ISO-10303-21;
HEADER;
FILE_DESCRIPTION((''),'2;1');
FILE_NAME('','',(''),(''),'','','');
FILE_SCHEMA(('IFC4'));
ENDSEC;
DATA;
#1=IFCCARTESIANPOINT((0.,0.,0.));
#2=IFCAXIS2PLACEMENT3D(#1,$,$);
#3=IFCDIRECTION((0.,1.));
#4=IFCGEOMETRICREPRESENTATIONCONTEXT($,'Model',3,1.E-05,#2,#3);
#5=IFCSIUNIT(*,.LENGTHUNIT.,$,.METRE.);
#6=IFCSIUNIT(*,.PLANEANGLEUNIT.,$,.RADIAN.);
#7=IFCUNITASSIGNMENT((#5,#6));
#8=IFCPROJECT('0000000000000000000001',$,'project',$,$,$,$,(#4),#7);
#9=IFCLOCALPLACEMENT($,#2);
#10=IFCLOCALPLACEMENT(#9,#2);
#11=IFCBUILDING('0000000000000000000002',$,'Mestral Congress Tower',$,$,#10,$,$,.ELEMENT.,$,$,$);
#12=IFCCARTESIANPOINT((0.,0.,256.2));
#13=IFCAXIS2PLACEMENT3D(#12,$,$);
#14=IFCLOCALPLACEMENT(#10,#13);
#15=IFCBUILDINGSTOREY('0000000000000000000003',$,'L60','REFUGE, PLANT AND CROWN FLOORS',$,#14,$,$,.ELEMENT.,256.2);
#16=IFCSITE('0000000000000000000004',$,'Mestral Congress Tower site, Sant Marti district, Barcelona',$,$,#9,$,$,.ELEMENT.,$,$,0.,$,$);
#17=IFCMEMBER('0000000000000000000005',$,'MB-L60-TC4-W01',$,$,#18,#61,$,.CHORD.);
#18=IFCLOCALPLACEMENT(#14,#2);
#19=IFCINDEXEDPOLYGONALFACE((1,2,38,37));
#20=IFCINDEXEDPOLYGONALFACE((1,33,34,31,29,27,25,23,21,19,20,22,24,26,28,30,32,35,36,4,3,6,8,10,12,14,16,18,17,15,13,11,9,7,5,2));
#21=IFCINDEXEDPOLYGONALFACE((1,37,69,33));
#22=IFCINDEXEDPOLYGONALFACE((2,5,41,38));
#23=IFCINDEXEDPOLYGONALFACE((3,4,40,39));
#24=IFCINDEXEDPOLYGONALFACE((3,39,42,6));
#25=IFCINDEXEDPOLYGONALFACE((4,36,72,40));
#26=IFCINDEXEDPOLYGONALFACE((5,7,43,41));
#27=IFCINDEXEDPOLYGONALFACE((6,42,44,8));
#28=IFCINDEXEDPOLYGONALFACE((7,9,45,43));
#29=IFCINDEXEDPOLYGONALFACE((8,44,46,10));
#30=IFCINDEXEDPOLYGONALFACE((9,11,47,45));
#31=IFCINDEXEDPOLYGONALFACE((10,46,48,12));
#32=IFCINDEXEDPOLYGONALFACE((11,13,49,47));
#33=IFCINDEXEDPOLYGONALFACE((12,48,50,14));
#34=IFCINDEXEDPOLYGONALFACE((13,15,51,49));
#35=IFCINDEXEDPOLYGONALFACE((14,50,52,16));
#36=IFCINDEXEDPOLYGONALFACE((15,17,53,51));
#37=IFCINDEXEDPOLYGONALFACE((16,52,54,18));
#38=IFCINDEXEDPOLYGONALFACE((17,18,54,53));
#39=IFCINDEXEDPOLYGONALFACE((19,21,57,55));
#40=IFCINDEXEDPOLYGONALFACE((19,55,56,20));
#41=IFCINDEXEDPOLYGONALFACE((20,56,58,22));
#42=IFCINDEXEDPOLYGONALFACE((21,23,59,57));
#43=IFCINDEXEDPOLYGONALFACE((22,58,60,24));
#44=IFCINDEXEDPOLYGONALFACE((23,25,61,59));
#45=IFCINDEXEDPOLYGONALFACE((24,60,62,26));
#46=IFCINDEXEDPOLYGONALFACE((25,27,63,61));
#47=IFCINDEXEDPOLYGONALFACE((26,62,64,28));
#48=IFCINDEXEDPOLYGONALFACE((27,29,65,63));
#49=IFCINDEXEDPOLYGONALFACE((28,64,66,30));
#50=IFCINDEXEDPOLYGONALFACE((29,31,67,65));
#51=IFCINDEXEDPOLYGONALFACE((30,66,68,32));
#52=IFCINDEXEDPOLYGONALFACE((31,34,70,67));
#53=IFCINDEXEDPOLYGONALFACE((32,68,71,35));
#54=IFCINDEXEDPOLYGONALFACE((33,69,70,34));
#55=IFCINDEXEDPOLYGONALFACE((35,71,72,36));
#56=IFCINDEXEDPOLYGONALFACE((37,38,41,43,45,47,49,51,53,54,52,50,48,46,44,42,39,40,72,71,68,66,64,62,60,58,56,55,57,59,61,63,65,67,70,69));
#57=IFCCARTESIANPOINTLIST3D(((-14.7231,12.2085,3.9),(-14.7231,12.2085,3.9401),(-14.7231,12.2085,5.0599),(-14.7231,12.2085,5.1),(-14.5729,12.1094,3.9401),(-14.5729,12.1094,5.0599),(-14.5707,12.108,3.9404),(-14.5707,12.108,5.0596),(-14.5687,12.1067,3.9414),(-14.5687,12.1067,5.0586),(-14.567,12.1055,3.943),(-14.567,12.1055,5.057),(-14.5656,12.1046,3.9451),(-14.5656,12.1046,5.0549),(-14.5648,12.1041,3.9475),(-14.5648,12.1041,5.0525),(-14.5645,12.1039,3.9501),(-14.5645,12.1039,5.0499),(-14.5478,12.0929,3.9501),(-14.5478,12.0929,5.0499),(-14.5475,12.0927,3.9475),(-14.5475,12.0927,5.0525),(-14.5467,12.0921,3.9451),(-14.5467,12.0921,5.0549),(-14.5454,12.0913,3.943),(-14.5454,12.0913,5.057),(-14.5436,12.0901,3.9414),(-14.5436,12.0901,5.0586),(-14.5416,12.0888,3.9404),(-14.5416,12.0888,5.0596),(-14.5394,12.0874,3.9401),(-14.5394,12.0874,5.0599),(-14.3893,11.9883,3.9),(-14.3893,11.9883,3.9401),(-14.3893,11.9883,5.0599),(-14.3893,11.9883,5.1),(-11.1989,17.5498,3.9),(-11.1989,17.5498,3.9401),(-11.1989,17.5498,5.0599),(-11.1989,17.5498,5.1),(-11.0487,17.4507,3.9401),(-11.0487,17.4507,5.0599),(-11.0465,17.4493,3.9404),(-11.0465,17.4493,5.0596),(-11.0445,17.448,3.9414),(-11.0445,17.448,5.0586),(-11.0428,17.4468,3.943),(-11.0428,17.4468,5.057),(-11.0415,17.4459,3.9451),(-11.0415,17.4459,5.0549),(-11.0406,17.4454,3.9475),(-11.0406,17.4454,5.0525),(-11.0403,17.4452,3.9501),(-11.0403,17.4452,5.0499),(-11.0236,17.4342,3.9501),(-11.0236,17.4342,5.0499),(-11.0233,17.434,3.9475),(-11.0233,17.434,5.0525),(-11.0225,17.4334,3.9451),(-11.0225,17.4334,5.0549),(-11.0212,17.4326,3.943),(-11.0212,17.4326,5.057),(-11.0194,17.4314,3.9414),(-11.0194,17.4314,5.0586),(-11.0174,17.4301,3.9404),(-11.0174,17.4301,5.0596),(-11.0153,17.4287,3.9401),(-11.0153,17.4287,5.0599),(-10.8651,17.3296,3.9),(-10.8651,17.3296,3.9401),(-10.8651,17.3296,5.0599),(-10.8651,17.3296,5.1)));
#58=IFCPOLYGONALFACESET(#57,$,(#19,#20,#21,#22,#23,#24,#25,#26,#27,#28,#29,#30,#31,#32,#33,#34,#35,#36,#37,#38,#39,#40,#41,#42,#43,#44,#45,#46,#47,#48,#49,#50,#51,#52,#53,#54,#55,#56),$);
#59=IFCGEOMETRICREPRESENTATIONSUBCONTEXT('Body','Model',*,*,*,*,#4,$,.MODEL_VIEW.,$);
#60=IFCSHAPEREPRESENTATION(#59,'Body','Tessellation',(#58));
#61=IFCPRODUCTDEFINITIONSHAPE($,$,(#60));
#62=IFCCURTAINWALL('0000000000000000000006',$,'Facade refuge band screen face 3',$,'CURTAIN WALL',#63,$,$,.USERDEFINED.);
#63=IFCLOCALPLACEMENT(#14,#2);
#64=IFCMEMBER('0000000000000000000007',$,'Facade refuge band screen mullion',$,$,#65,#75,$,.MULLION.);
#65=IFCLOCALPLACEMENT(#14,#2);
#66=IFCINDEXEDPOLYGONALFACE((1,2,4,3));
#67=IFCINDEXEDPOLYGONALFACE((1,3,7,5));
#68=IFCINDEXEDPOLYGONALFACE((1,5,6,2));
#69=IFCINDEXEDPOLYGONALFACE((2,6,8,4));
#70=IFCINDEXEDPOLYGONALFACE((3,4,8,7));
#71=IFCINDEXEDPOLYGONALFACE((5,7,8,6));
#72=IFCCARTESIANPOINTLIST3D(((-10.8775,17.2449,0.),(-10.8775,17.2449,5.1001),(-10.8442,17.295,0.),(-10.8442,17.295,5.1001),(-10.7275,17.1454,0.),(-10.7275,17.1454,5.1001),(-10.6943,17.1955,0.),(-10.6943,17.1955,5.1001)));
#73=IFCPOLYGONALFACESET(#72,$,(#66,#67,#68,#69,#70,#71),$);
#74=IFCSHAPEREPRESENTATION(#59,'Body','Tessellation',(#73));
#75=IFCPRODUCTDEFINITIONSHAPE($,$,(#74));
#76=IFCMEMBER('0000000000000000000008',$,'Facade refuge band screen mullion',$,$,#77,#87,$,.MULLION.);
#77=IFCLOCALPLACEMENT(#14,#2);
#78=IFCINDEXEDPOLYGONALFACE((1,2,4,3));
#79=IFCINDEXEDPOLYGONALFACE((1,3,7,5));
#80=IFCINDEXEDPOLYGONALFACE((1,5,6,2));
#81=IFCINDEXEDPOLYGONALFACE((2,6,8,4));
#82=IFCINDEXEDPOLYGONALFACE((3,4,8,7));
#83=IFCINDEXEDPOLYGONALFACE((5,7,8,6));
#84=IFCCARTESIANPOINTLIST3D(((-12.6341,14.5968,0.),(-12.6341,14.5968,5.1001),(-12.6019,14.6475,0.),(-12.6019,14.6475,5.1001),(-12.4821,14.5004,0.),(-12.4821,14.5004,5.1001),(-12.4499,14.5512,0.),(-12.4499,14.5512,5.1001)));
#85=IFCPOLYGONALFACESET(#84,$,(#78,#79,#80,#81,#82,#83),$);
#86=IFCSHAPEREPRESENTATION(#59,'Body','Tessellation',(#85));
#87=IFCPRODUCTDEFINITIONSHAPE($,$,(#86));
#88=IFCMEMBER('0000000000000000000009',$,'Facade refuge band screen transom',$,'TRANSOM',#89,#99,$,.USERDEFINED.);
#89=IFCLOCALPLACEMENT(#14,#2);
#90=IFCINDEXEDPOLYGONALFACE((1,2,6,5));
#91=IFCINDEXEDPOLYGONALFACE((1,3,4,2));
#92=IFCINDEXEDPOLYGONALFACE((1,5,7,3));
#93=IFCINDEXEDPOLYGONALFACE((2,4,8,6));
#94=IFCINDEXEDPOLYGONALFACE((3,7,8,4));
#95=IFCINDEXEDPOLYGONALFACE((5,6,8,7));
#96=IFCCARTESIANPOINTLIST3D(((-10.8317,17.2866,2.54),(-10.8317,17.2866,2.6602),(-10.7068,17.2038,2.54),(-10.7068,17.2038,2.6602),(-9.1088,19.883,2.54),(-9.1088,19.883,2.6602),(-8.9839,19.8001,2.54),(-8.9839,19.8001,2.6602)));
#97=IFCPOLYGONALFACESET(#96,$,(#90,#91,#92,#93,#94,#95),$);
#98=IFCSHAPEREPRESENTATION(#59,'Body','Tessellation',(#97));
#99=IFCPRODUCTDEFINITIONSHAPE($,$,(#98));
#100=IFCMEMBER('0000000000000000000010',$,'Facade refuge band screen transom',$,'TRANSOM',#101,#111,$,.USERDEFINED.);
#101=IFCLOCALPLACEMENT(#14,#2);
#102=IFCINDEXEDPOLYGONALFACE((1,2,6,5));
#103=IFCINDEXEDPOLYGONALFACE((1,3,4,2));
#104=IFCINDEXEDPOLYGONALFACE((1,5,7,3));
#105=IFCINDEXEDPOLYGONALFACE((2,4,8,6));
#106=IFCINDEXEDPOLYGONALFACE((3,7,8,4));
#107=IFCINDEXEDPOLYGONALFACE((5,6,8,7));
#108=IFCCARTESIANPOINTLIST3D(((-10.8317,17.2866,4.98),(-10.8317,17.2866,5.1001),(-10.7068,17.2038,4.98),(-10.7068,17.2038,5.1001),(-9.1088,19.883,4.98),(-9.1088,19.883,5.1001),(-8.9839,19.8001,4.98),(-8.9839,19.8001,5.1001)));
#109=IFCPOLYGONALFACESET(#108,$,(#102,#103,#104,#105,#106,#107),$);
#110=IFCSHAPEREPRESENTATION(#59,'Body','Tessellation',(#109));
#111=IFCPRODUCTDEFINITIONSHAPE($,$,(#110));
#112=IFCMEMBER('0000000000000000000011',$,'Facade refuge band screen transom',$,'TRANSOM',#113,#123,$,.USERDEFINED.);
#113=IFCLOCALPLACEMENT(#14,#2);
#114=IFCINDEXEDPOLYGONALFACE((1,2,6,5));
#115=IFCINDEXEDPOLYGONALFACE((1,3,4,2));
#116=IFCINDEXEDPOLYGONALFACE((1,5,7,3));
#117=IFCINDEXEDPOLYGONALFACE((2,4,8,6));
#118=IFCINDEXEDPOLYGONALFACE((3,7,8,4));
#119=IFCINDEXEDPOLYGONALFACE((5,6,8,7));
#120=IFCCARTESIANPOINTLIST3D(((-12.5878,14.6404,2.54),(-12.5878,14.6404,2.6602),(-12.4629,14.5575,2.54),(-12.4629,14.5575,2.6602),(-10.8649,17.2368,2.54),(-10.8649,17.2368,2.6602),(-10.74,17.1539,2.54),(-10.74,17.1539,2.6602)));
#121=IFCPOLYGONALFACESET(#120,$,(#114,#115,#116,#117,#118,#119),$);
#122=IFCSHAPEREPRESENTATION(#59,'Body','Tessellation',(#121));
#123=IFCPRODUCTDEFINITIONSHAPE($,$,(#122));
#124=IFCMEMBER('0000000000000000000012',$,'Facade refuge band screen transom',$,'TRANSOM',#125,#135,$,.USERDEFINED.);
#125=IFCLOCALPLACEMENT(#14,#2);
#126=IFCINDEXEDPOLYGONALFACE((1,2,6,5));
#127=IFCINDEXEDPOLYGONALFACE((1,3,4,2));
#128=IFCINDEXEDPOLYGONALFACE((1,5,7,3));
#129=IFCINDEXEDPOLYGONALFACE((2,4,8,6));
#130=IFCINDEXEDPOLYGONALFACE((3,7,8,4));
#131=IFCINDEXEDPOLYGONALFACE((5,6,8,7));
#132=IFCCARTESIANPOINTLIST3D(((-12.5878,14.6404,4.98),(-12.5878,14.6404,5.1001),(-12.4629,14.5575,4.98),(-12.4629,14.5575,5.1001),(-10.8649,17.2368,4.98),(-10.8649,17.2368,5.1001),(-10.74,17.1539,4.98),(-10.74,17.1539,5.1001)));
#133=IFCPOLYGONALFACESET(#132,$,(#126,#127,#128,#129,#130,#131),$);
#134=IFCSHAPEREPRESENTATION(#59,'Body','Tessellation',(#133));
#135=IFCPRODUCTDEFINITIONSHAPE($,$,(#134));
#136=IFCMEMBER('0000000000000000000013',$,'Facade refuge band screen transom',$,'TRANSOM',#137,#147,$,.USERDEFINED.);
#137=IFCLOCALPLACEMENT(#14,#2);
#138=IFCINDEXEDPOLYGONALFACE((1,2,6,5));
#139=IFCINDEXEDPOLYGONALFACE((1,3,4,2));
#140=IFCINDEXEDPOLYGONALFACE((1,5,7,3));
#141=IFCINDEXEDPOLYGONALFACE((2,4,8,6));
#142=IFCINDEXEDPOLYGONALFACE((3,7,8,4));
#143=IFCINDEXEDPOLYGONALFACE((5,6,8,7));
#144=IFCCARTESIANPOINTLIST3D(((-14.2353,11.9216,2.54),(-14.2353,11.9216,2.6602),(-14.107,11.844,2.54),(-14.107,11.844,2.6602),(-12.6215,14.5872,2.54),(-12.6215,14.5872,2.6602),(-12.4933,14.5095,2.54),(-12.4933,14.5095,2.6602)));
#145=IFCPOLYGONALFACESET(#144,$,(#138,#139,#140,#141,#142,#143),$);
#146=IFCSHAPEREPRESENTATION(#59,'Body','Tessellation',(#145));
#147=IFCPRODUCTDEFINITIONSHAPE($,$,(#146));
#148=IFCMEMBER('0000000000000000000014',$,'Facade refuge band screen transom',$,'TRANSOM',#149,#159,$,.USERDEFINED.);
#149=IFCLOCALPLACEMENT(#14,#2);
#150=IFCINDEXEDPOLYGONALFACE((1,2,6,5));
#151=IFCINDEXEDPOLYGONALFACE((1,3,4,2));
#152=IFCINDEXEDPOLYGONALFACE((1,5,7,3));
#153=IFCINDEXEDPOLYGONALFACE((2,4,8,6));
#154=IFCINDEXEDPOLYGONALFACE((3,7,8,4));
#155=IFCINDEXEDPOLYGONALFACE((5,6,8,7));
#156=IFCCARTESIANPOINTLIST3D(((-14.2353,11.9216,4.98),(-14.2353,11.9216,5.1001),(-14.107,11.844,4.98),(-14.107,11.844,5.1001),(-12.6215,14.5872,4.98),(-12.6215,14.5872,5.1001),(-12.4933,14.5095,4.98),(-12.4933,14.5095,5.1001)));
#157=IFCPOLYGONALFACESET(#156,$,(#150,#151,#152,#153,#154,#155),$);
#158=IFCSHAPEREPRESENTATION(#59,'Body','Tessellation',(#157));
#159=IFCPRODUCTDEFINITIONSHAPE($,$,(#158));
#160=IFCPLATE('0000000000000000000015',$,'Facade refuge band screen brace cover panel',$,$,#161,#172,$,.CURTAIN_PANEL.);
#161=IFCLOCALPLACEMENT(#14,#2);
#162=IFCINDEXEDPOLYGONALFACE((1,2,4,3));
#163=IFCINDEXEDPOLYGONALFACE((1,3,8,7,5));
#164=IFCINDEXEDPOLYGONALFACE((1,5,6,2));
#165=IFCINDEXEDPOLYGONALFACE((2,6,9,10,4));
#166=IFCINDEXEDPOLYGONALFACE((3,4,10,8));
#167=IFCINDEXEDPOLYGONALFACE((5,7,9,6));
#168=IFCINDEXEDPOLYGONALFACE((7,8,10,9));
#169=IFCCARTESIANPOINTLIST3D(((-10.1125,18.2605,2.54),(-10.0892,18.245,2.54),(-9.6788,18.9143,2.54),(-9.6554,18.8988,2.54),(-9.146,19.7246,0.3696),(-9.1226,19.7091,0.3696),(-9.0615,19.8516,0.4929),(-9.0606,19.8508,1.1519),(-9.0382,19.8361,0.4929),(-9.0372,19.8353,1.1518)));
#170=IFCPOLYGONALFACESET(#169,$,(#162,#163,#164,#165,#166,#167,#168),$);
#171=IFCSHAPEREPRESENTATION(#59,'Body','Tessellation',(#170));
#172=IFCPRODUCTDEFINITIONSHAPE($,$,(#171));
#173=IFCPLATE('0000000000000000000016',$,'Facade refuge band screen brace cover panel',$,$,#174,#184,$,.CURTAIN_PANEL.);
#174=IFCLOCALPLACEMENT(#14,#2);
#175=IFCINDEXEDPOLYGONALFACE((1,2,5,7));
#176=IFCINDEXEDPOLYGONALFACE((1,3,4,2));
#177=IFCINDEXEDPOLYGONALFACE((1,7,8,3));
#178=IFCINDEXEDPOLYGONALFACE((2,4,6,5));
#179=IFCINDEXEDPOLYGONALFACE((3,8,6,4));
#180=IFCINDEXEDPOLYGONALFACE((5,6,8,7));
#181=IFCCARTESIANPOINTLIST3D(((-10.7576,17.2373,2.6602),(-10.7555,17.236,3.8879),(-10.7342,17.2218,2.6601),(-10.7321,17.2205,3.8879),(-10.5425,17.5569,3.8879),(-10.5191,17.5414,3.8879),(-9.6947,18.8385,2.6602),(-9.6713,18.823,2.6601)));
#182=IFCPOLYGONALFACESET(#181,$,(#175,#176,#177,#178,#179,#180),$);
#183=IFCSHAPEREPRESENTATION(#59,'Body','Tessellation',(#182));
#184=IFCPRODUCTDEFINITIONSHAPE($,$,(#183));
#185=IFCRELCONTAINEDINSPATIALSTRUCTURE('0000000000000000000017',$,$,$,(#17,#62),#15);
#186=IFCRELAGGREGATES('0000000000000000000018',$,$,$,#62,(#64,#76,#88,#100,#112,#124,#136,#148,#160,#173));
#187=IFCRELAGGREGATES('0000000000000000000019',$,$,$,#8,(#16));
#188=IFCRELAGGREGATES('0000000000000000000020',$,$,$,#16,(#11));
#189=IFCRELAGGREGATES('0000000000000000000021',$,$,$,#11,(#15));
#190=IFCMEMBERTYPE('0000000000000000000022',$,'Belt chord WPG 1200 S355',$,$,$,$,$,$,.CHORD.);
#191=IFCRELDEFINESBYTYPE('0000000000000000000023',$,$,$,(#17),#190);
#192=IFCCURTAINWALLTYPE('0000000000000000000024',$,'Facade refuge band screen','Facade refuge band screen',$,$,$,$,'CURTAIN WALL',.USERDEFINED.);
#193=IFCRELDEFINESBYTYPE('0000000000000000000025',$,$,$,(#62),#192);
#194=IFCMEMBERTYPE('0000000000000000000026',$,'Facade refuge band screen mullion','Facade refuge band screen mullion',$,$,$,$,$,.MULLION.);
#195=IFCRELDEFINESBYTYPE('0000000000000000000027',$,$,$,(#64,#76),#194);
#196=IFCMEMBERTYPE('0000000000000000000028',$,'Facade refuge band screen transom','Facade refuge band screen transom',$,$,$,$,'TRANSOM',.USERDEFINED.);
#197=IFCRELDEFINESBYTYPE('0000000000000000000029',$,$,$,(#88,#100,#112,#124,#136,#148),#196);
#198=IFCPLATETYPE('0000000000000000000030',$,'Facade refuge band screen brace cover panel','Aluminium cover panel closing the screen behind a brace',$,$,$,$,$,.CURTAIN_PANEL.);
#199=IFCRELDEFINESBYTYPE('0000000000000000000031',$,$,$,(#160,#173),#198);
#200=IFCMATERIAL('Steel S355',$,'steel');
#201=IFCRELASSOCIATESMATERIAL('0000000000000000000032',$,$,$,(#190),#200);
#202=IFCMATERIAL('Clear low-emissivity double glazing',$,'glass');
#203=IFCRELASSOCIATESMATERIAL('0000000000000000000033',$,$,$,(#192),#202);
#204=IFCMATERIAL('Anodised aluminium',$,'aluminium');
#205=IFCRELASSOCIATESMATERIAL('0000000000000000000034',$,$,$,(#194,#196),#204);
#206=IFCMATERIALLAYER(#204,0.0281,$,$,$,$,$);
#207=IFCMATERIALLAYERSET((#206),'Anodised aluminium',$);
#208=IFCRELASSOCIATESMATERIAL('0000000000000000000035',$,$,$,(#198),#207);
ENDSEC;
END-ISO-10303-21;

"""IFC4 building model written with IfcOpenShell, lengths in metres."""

from ifc_helpers import new_model, si_unit, direction, frame, origin, origin_2d, place, context, subcontext, project, spatial, polyline, rectangle, i_section, outline, extrude, material, layer, layer_set, material_profile, profile_set, type_object, element, aggregate, save


model = new_model("IFC4")

# Units and contexts
model_context = context("Model", 3, precision=1e-05, world=origin(), true_north=direction((0.0, 1.0)))
body_context = subcontext(model_context, "Body", "Model", "MODEL_VIEW")
ifc_project = project(units=[si_unit("LENGTHUNIT", "METRE"), si_unit("PLANEANGLEUNIT", "RADIAN")], contexts=[model_context])

# Site, building, storey
site_placement = place(None, origin())
site = spatial("IfcSite", under=ifc_project, at=site_placement, Name="Mestral Congress Tower site, Sant Marti district, Barcelona", CompositionType="ELEMENT", RefElevation=0.0)
building_placement = place(site_placement, origin())
building = spatial("IfcBuilding", under=site, at=building_placement, Name="Mestral Congress Tower", CompositionType="ELEMENT")
storey_placement = place(building_placement, frame((0.0, 0.0, 256.2)))
storey = spatial("IfcBuildingStorey", under=building, at=storey_placement, Name="L60", Description="REFUGE, PLANT AND CROWN FLOORS", CompositionType="ELEMENT", Elevation=256.2)

# Member
ifc_material_1 = material(Name="Steel S355", Category="steel")
ifc_material_profile_1 = material_profile(ifc_material_1, i_section(OverallWidth=0.3999, OverallDepth=1.2, WebThickness=0.02, FlangeThickness=0.04, FilletRadius=0.01, at=origin_2d()), Name="WPG 1200")
ifc_profile_set_1 = profile_set([ifc_material_profile_1], Name="Steel S355")
member_type_1 = type_object("IfcMemberType", Name="Belt chord WPG 1200 S355", PredefinedType="CHORD", material=ifc_profile_set_1)
member_1_placement = place(storey_placement, frame((-11.032, 17.4397, 4.5), z_axis=(-0.550723, -0.834688, 0.0), x_axis=(0.834688, -0.550723, 0.0)))
element("IfcMember", 1, at=member_1_placement, inside=storey, type_object=member_type_1, Name="MB-L60-TC4-W01", PredefinedType="CHORD", context=body_context, shape_type="SweptSolid", body=[
    extrude(i_section(OverallWidth=0.3999, OverallDepth=1.2, WebThickness=0.02, FlangeThickness=0.04, FilletRadius=0.01, at=origin_2d()), origin(), (0.0, 0.0, 1.0), 6.3992),
])

# Curtain wall, members, plates
ifc_material_2 = material(Name="Clear low-emissivity double glazing", Category="glass")
curtain_wall_type = type_object("IfcCurtainWallType", Name="Facade refuge band screen", Description="Facade refuge band screen", ElementType="CURTAIN WALL", PredefinedType="USERDEFINED", material=ifc_material_2)
placement = place(storey_placement, origin())
curtain_wall = element("IfcCurtainWall", 2, at=placement, inside=storey, type_object=curtain_wall_type, Name="Facade refuge band screen face 3", ObjectType="CURTAIN WALL", PredefinedType="USERDEFINED")
ifc_material_3 = material(Name="Anodised aluminium", Category="aluminium")
ifc_material_profile_2 = material_profile(ifc_material_3, rectangle(XDim=0.1799, YDim=0.0601, at=origin_2d()), Name="CW3 mullion 180 x 60")
ifc_profile_set_2 = profile_set([ifc_material_profile_2], Name="Anodised aluminium")
member_type_2 = type_object("IfcMemberType", Name="Facade refuge band screen mullion", Description="Facade refuge band screen mullion", PredefinedType="MULLION", material=ifc_profile_set_2)
member_2_placement = place(storey_placement, frame((-10.7859, 17.2202, 0.0), z_axis=(0.0, 0.0, 1.0), x_axis=(-0.833239, 0.552913, 0.0)))
member_2 = element("IfcMember", 3, at=member_2_placement, type_object=member_type_2, Name="Facade refuge band screen mullion", PredefinedType="MULLION", context=body_context, shape_type="SweptSolid", body=[
    extrude(rectangle(XDim=0.1799, YDim=0.0601, at=origin_2d()), origin(), (0.0, 0.0, 1.0), 5.1001),
])
member_3_placement = place(storey_placement, frame((-12.542, 14.574, 0.0), z_axis=(0.0, 0.0, 1.0), x_axis=(-0.844534, 0.535503, 0.0)))
member_3 = element("IfcMember", 4, at=member_3_placement, type_object=member_type_2, Name="Facade refuge band screen mullion", PredefinedType="MULLION", context=body_context, shape_type="SweptSolid", body=[
    extrude(rectangle(XDim=0.1799, YDim=0.0601, at=origin_2d()), origin(), (0.0, 0.0, 1.0), 5.1001),
])
ifc_material_profile_3 = material_profile(ifc_material_3, rectangle(XDim=0.1499, YDim=0.1201, at=origin_2d()), Name="CW3 transom 150 x 120")
ifc_profile_set_3 = profile_set([ifc_material_profile_3], Name="Anodised aluminium")
member_type_3 = type_object("IfcMemberType", Name="Facade refuge band screen transom", Description="Facade refuge band screen transom", ElementType="TRANSOM", PredefinedType="USERDEFINED", material=ifc_profile_set_3)
member_4_placement = place(storey_placement, frame((-9.0464, 19.8416, 2.6001), z_axis=(-0.552909, -0.833242, 0.0), x_axis=(0.833242, -0.552909, 0.0)))
member_4 = element("IfcMember", 5, at=member_4_placement, type_object=member_type_3, Name="Facade refuge band screen transom", ObjectType="TRANSOM", PredefinedType="USERDEFINED", context=body_context, shape_type="SweptSolid", body=[
    extrude(rectangle(XDim=0.1499, YDim=0.1201, at=origin_2d()), origin(), (0.0, 0.0, 1.0), 3.116),
])
member_5_placement = place(storey_placement, frame((-9.0464, 19.8416, 5.04), z_axis=(-0.552909, -0.833242, 0.0), x_axis=(0.833242, -0.552909, 0.0)))
member_5 = element("IfcMember", 6, at=member_5_placement, type_object=member_type_3, Name="Facade refuge band screen transom", ObjectType="TRANSOM", PredefinedType="USERDEFINED", context=body_context, shape_type="SweptSolid", body=[
    extrude(rectangle(XDim=0.1499, YDim=0.1201, at=origin_2d()), origin(), (0.0, 0.0, 1.0), 3.116),
])
member_6_placement = place(storey_placement, frame((-10.8025, 17.1953, 2.6001), z_axis=(-0.552909, -0.833242, 0.0), x_axis=(0.833242, -0.552909, 0.0)))
member_6 = element("IfcMember", 7, at=member_6_placement, type_object=member_type_3, Name="Facade refuge band screen transom", ObjectType="TRANSOM", PredefinedType="USERDEFINED", context=body_context, shape_type="SweptSolid", body=[
    extrude(rectangle(XDim=0.1499, YDim=0.1201, at=origin_2d()), origin(), (0.0, 0.0, 1.0), 3.116),
])
member_7_placement = place(storey_placement, frame((-10.8025, 17.1953, 5.04), z_axis=(-0.552909, -0.833242, 0.0), x_axis=(0.833242, -0.552909, 0.0)))
member_7 = element("IfcMember", 8, at=member_7_placement, type_object=member_type_3, Name="Facade refuge band screen transom", ObjectType="TRANSOM", PredefinedType="USERDEFINED", context=body_context, shape_type="SweptSolid", body=[
    extrude(rectangle(XDim=0.1499, YDim=0.1201, at=origin_2d()), origin(), (0.0, 0.0, 1.0), 3.116),
])
member_8_placement = place(storey_placement, frame((-12.5574, 14.5483, 2.6001), z_axis=(-0.517902, -0.85544, 0.0), x_axis=(0.85544, -0.517902, 0.0)))
member_8 = element("IfcMember", 9, at=member_8_placement, type_object=member_type_3, Name="Facade refuge band screen transom", ObjectType="TRANSOM", PredefinedType="USERDEFINED", context=body_context, shape_type="SweptSolid", body=[
    extrude(rectangle(XDim=0.1499, YDim=0.1201, at=origin_2d()), origin(), (0.0, 0.0, 1.0), 3.116),
])
member_9_placement = place(storey_placement, frame((-12.5574, 14.5483, 5.04), z_axis=(-0.517902, -0.85544, 0.0), x_axis=(0.85544, -0.517902, 0.0)))
member_9 = element("IfcMember", 10, at=member_9_placement, type_object=member_type_3, Name="Facade refuge band screen transom", ObjectType="TRANSOM", PredefinedType="USERDEFINED", context=body_context, shape_type="SweptSolid", body=[
    extrude(rectangle(XDim=0.1499, YDim=0.1201, at=origin_2d()), origin(), (0.0, 0.0, 1.0), 3.116),
])
ifc_layer_1 = layer(ifc_material_3, 0.0281)
ifc_layer_set_1 = layer_set([ifc_layer_1], Name="Anodised aluminium")
plate_type_1 = type_object("IfcPlateType", Name="Facade refuge band screen brace cover panel", Description="Aluminium cover panel closing the screen behind a brace", PredefinedType="CURTAIN_PANEL", material=ifc_layer_set_1)
plate_1_placement = place(storey_placement, frame((-10.1125, 18.2605, 2.54), z_axis=(-0.833281, 0.552847, 0.001878), x_axis=(0.34632, 0.524633, -0.777704)))
plate_1 = element("IfcPlate", 11, at=plate_1_placement, type_object=plate_type_1, Name="Facade refuge band screen brace cover panel", PredefinedType="CURTAIN_PANEL", context=body_context, shape_type="SweptSolid", body=[
    extrude(outline(polyline([(0.0, 0.0), (2.7908, 0.0), (2.7908, -0.1961), (2.2783, -0.6103), (0.4933, -0.6102), (0.0, 0.0)])), origin(), (0.0, 0.0, -1.0), 0.0281),
])
plate_2_placement = place(storey_placement, frame((-10.7576, 17.2373, 2.6602), z_axis=(-0.833154, 0.553037, 0.002005), x_axis=(0.553038, 0.833156, 0.0)))
plate_2 = element("IfcPlate", 12, at=plate_2_placement, type_object=plate_type_1, Name="Facade refuge band screen brace cover panel", PredefinedType="CURTAIN_PANEL", context=body_context, shape_type="SweptSolid", body=[
    extrude(outline(polyline([(0.0, 0.0), (1.9219, 0.0), (0.3852, -1.2278), (0.0001, -1.2278), (0.0, 0.0)])), origin(), (0.0, 0.0, -1.0), 0.0281),
])
aggregate(curtain_wall, [member_2, member_3, member_4, member_5, member_6, member_7, member_8, member_9, plate_1, plate_2])

save(model, "model.ifc")
